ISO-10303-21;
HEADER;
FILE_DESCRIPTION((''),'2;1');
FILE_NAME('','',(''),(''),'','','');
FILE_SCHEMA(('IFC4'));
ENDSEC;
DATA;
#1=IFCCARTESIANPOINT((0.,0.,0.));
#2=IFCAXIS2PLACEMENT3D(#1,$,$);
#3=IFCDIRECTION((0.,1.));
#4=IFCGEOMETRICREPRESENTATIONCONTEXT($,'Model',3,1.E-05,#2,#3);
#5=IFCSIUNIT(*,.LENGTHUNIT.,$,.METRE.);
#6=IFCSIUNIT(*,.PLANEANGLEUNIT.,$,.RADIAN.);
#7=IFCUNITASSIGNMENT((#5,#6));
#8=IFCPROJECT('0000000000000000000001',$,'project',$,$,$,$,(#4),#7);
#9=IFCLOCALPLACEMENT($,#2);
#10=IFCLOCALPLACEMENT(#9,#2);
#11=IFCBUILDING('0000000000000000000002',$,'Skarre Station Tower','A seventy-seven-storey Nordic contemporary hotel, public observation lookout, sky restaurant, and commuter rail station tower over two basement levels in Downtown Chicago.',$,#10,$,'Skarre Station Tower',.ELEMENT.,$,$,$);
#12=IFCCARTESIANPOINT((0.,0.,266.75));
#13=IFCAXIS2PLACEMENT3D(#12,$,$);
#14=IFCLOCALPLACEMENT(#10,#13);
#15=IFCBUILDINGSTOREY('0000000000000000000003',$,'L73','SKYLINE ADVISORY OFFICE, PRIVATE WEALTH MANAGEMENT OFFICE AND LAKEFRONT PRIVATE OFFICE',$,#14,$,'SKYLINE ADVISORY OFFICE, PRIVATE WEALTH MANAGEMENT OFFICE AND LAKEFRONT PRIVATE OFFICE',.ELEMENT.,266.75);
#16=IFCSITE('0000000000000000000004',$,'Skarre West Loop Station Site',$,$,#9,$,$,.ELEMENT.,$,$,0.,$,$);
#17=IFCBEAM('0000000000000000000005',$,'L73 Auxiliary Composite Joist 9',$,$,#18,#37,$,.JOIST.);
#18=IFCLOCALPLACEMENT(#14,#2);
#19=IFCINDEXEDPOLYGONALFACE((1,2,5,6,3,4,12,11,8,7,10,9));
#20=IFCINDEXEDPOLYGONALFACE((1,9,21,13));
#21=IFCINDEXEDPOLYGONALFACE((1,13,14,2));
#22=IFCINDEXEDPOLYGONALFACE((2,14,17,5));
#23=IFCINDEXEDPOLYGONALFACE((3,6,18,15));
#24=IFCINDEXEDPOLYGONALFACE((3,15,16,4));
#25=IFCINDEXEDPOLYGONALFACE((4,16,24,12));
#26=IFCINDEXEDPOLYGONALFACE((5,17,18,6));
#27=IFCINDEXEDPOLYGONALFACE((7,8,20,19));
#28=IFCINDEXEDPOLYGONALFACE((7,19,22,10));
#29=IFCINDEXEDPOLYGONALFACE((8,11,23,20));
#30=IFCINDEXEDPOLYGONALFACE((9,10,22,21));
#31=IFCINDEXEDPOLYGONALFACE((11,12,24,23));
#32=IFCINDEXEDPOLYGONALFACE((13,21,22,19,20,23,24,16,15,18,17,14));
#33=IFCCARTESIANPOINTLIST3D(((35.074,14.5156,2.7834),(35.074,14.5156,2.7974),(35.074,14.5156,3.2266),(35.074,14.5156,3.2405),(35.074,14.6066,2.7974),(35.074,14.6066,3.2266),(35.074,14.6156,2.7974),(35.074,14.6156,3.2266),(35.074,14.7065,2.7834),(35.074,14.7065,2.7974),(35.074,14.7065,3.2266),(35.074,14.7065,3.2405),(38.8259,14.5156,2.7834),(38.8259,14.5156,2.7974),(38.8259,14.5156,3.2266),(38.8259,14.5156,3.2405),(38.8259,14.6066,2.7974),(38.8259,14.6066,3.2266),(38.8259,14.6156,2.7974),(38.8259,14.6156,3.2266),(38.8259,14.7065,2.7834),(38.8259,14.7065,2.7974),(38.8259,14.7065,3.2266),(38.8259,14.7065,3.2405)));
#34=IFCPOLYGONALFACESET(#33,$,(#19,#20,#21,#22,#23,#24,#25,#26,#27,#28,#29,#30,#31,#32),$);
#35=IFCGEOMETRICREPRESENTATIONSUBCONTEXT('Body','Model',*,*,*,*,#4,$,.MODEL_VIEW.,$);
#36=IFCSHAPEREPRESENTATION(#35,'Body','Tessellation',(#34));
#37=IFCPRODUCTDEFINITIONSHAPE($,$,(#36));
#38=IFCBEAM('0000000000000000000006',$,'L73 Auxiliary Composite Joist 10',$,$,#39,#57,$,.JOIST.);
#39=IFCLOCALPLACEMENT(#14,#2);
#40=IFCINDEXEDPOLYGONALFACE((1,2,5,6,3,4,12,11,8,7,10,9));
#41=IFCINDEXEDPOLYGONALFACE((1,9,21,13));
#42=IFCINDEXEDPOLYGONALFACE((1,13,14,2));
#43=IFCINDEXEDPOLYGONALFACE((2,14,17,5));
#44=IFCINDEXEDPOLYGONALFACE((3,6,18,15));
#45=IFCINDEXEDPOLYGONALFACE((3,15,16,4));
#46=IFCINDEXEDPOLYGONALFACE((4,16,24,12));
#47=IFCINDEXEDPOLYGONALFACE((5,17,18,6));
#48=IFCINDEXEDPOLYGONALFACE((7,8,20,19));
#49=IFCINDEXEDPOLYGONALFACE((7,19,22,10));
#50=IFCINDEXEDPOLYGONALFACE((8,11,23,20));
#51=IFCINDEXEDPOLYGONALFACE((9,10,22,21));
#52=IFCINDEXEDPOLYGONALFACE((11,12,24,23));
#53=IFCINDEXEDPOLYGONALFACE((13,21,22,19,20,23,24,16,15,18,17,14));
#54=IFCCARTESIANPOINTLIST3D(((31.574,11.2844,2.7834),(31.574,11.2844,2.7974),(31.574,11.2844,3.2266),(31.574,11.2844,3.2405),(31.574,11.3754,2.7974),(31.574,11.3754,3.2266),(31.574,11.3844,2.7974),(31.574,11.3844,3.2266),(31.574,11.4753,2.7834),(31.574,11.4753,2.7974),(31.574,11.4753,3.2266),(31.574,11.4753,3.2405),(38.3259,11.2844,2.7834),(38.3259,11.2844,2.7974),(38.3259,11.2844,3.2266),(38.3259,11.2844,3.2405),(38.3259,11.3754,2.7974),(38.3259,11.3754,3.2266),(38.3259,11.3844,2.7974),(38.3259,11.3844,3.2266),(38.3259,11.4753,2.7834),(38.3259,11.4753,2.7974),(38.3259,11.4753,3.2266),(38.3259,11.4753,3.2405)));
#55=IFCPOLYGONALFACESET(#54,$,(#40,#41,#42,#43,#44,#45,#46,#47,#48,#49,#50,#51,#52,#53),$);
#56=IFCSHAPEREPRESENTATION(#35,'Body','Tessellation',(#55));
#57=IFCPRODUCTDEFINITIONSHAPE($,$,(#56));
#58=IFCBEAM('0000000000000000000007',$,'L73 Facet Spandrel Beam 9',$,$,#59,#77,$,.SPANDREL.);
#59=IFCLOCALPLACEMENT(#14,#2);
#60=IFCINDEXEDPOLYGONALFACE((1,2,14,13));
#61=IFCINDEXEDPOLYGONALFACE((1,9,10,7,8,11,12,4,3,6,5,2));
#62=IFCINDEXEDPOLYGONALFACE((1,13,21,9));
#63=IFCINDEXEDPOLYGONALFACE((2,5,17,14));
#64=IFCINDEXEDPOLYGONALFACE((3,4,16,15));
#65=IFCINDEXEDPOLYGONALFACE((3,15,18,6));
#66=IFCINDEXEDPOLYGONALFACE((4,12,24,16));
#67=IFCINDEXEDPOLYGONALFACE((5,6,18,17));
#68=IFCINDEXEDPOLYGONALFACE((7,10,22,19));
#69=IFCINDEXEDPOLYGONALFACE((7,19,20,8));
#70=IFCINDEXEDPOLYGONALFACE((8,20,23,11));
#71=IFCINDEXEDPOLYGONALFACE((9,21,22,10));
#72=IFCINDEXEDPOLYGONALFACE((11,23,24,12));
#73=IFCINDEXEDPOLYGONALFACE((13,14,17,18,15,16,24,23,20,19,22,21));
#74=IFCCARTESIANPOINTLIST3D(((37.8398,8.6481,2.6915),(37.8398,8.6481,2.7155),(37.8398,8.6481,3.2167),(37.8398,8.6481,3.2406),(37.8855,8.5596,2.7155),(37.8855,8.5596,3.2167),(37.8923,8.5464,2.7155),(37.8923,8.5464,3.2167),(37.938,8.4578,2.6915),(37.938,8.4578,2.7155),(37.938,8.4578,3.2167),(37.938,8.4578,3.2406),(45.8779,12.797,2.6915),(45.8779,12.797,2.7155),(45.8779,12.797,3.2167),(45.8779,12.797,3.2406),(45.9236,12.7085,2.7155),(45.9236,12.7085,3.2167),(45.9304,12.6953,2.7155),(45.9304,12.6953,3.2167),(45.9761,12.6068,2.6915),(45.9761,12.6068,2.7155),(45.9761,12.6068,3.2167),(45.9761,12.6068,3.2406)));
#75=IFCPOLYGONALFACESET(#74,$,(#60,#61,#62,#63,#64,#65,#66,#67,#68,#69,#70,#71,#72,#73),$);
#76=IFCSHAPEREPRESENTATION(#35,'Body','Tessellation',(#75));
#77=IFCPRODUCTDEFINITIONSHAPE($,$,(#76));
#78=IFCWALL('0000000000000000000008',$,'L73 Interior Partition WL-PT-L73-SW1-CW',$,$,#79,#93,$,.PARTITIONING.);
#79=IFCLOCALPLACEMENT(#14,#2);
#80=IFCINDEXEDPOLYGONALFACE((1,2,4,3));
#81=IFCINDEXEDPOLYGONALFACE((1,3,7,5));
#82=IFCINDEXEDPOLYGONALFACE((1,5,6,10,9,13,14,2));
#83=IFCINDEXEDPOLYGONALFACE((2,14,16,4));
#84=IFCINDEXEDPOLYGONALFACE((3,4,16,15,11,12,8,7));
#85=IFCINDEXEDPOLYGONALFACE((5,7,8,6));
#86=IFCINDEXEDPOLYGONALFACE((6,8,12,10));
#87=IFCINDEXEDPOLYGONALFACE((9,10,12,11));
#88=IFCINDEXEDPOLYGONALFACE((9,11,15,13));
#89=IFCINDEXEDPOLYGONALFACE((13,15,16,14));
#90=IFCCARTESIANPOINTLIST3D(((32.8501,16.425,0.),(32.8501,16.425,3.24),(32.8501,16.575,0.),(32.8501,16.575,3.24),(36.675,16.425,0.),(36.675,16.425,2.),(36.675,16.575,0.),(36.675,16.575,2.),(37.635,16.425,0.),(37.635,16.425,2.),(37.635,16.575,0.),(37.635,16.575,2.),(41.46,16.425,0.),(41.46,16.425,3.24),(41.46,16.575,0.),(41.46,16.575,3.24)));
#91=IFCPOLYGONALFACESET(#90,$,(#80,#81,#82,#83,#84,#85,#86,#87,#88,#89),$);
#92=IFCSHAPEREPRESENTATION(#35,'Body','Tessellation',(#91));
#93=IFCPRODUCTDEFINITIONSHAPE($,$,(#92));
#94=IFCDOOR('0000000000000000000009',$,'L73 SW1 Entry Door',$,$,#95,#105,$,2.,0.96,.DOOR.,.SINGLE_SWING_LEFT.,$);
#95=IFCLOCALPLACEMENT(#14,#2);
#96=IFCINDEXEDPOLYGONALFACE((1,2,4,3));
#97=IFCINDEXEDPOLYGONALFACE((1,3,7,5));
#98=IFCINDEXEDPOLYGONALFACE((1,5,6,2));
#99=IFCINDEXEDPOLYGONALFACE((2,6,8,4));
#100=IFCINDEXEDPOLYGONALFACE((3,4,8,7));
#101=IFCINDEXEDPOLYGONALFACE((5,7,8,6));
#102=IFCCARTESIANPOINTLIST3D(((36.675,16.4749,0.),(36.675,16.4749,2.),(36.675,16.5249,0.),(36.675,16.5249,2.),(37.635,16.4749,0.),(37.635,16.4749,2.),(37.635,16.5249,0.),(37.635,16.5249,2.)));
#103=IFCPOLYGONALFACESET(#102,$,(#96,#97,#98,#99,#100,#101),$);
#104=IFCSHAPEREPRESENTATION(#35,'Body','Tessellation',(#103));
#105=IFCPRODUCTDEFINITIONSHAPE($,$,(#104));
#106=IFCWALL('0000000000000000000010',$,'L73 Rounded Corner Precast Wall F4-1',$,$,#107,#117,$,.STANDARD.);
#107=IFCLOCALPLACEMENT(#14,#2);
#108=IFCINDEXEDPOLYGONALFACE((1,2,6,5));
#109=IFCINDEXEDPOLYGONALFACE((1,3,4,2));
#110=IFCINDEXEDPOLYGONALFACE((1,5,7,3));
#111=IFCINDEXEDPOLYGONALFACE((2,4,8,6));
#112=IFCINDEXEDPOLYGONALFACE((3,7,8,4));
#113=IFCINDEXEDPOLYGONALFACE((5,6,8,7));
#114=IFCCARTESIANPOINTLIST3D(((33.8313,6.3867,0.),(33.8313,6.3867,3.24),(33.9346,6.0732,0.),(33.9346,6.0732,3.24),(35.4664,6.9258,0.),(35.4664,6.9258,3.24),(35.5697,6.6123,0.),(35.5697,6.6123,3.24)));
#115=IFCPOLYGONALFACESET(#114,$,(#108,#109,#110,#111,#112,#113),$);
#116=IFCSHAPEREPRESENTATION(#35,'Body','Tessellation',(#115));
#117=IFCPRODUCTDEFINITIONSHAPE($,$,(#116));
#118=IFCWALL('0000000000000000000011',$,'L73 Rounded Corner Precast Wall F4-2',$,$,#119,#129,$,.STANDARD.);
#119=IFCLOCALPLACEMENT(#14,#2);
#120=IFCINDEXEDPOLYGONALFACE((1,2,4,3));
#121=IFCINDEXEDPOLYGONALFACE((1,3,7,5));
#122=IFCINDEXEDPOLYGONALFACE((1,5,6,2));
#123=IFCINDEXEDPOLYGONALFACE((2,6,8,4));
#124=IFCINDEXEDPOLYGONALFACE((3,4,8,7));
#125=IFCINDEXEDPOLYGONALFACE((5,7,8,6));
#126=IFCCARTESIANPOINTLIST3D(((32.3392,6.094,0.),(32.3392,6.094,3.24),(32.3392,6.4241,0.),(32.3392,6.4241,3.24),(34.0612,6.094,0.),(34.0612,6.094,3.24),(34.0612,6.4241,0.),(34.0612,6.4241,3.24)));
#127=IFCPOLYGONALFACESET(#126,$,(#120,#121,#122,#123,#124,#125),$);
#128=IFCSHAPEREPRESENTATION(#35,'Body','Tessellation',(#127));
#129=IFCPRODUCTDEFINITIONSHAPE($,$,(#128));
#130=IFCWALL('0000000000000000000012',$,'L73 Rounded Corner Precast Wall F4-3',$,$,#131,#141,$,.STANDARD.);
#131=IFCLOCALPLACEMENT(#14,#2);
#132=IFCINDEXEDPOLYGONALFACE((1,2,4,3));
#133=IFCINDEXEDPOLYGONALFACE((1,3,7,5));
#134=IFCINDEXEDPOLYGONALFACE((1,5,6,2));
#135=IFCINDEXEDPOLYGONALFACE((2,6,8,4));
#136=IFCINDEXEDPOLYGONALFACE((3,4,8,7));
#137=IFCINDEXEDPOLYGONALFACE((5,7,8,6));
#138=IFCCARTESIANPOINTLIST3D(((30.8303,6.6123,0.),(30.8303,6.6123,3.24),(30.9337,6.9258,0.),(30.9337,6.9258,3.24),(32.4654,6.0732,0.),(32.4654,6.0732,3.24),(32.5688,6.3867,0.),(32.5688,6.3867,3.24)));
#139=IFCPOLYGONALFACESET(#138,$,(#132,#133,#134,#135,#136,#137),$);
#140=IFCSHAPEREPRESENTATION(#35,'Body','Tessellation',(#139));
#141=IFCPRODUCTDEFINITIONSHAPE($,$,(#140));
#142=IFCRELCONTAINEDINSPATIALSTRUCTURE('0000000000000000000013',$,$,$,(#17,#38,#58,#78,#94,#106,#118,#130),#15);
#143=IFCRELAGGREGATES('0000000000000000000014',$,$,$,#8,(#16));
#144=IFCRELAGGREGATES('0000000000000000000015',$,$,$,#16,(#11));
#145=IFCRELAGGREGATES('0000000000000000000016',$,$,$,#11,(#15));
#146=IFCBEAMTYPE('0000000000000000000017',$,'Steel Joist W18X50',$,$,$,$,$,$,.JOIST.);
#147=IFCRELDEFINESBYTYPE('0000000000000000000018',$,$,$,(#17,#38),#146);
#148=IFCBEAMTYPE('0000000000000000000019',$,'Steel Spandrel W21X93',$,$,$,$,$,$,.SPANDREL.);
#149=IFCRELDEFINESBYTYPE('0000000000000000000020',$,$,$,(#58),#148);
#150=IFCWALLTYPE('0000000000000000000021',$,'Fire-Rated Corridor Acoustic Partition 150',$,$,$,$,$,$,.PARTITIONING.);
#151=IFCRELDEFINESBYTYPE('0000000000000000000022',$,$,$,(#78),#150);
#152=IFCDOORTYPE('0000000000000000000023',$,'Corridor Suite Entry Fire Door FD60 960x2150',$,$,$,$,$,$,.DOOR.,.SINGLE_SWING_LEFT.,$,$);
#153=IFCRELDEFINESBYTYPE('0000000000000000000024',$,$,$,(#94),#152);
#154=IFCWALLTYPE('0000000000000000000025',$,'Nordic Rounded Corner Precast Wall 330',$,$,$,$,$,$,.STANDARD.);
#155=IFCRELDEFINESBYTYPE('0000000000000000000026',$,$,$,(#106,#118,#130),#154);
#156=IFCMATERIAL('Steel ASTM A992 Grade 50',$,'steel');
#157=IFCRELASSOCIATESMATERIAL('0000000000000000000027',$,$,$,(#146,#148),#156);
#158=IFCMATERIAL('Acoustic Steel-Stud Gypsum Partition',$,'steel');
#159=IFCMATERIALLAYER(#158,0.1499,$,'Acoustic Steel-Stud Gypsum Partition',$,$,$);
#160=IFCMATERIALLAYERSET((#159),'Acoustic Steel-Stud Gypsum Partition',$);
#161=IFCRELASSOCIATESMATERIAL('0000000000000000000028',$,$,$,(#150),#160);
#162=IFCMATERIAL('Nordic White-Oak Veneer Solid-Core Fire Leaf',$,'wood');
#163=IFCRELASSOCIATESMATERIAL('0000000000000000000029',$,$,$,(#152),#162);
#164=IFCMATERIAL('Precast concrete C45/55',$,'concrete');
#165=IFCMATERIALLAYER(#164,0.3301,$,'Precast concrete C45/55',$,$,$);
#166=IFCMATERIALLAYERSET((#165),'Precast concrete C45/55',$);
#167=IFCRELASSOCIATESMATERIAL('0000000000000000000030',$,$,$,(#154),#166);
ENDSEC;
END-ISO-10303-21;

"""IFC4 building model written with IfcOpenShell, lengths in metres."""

from ifc_helpers import new_model, si_unit, direction, frame, frame_2d, origin, origin_2d, place, context, subcontext, project, spatial, rectangle, i_section, extrude, material, layer, layer_set, material_profile, profile_set, type_object, element, fill, save


model = new_model("IFC4")

# Units and contexts
model_context = context("Model", 3, precision=1e-05, world=origin(), true_north=direction((0.0, 1.0)))
body_context = subcontext(model_context, "Body", "Model", "MODEL_VIEW")
ifc_project = project(units=[si_unit("LENGTHUNIT", "METRE"), si_unit("PLANEANGLEUNIT", "RADIAN")], contexts=[model_context])

# Site, building, storey
site_placement = place(None, origin())
site = spatial("IfcSite", under=ifc_project, at=site_placement, Name="Skarre West Loop Station Site", CompositionType="ELEMENT", RefElevation=0.0)
building_placement = place(site_placement, origin())
building = spatial("IfcBuilding", under=site, at=building_placement, Name="Skarre Station Tower", Description="A seventy-seven-storey Nordic contemporary hotel, public observation lookout, sky restaurant, and commuter rail station tower over two basement levels in Downtown Chicago.", LongName="Skarre Station Tower", CompositionType="ELEMENT")
storey_placement = place(building_placement, frame((0.0, 0.0, 266.75)))
storey = spatial("IfcBuildingStorey", under=building, at=storey_placement, Name="L73", Description="SKYLINE ADVISORY OFFICE, PRIVATE WEALTH MANAGEMENT OFFICE AND LAKEFRONT PRIVATE OFFICE", LongName="SKYLINE ADVISORY OFFICE, PRIVATE WEALTH MANAGEMENT OFFICE AND LAKEFRONT PRIVATE OFFICE", CompositionType="ELEMENT", Elevation=266.75)

# Beams
ifc_material_1 = material(Name="Steel ASTM A992 Grade 50", Category="steel")
ifc_material_profile_1 = material_profile(ifc_material_1, i_section(OverallWidth=0.1909, OverallDepth=0.457, WebThickness=0.009, FlangeThickness=0.0139, at=origin_2d()), Name="Steel ASTM A992 Grade 50")
ifc_profile_set_1 = profile_set([ifc_material_profile_1], Name="Steel ASTM A992 Grade 50")
beam_type_1 = type_object("IfcBeamType", Name="Steel Joist W18X50", PredefinedType="JOIST", material=ifc_profile_set_1)
beam_1_placement = place(storey_placement, frame((35.074, 14.6111, 3.012), z_axis=(1.0, 0.0, 0.0), x_axis=(0.0, 1.0, 0.0)))
element("IfcBeam", 1, at=beam_1_placement, inside=storey, type_object=beam_type_1, Name="L73 Auxiliary Composite Joist 9", PredefinedType="JOIST", context=body_context, shape_type="SweptSolid", body=[
    extrude(i_section(OverallWidth=0.1909, OverallDepth=0.457, WebThickness=0.009, FlangeThickness=0.0139, at=origin_2d()), origin(), (0.0, 0.0, 1.0), 3.752),
])
beam_2_placement = place(storey_placement, frame((31.574, 11.3799, 3.012), z_axis=(1.0, 0.0, 0.0), x_axis=(0.0, 1.0, 0.0)))
element("IfcBeam", 2, at=beam_2_placement, inside=storey, type_object=beam_type_1, Name="L73 Auxiliary Composite Joist 10", PredefinedType="JOIST", context=body_context, shape_type="SweptSolid", body=[
    extrude(i_section(OverallWidth=0.1909, OverallDepth=0.457, WebThickness=0.009, FlangeThickness=0.0139, at=origin_2d()), origin(), (0.0, 0.0, 1.0), 6.752),
])
ifc_material_profile_2 = material_profile(ifc_material_1, i_section(OverallWidth=0.2141, OverallDepth=0.5491, WebThickness=0.0149, FlangeThickness=0.0239, at=origin_2d()), Name="Steel ASTM A992 Grade 50")
ifc_profile_set_2 = profile_set([ifc_material_profile_2], Name="Steel ASTM A992 Grade 50")
beam_type_2 = type_object("IfcBeamType", Name="Steel Spandrel W21X93", PredefinedType="SPANDREL", material=ifc_profile_set_2)
beam_3_placement = place(storey_placement, frame((37.8889, 8.553, 2.9661), z_axis=(0.88861, 0.458664, 0.0), x_axis=(-0.458664, 0.88861, 0.0)))
element("IfcBeam", 3, at=beam_3_placement, inside=storey, type_object=beam_type_2, Name="L73 Facet Spandrel Beam 9", PredefinedType="SPANDREL", context=body_context, shape_type="SweptSolid", body=[
    extrude(i_section(OverallWidth=0.2141, OverallDepth=0.5491, WebThickness=0.0149, FlangeThickness=0.0239, at=origin_2d()), origin(), (0.0, 0.0, 1.0), 9.0457),
])

# Wall, opening, door
ifc_material_2 = material(Name="Acoustic Steel-Stud Gypsum Partition", Category="steel")
ifc_layer_1 = layer(ifc_material_2, 0.1499, Name="Acoustic Steel-Stud Gypsum Partition")
ifc_layer_set_1 = layer_set([ifc_layer_1], Name="Acoustic Steel-Stud Gypsum Partition")
wall_type_1 = type_object("IfcWallType", Name="Fire-Rated Corridor Acoustic Partition 150", PredefinedType="PARTITIONING", material=ifc_layer_set_1)
wall_1_placement = place(storey_placement, frame((32.8501, 16.5, 0.0), z_axis=(0.0, 0.0, 1.0), x_axis=(1.0, 0.0, 0.0)))
wall_1 = element("IfcWall", 4, at=wall_1_placement, inside=storey, type_object=wall_type_1, Name="L73 Interior Partition WL-PT-L73-SW1-CW", PredefinedType="PARTITIONING", context=body_context, shape_type="SweptSolid", body=[
    extrude(rectangle(XDim=8.6099, YDim=0.1499, at=frame_2d((4.3049, 0.0))), origin(), (0.0, 0.0, 1.0), 3.24),
])
opening_1_placement = place(wall_1_placement, frame((3.825, 0.0, 0.0)))
opening_1 = element("IfcOpeningElement", 5, at=opening_1_placement, cuts=wall_1, PredefinedType="OPENING", context=body_context, shape_type="SweptSolid", body=[
    extrude(rectangle(XDim=0.96, YDim=2.0, at=frame_2d((0.48, 1.0))), frame((0.0, 0.085, 0.0), z_axis=(0.0, -1.0, 0.0), x_axis=(1.0, 0.0, 0.0)), (0.0, 0.0, 1.0), 0.1699),
])
ifc_material_3 = material(Name="Nordic White-Oak Veneer Solid-Core Fire Leaf", Category="wood")
door_type_1 = type_object("IfcDoorType", Name="Corridor Suite Entry Fire Door FD60 960x2150", OperationType="SINGLE_SWING_LEFT", PredefinedType="DOOR", material=ifc_material_3)
door_1_placement = place(opening_1_placement, origin())
door_1 = element("IfcDoor", 6, at=door_1_placement, inside=storey, type_object=door_type_1, Name="L73 SW1 Entry Door", OperationType="SINGLE_SWING_LEFT", OverallHeight=2.0, OverallWidth=0.96, PredefinedType="DOOR", context=body_context, shape_type="SweptSolid", body=[
    extrude(rectangle(XDim=0.96, YDim=2.0, at=frame_2d((0.48, 1.0))), frame((0.0, 0.0249, 0.0), z_axis=(0.0, -1.0, 0.0), x_axis=(1.0, 0.0, 0.0)), (0.0, 0.0, 1.0), 0.05),
])
fill(opening_1, door_1)

# Walls
ifc_material_4 = material(Name="Precast concrete C45/55", Category="concrete")
ifc_layer_2 = layer(ifc_material_4, 0.3301, Name="Precast concrete C45/55")
ifc_layer_set_2 = layer_set([ifc_layer_2], Name="Precast concrete C45/55")
wall_type_2 = type_object("IfcWallType", Name="Nordic Rounded Corner Precast Wall 330", PredefinedType="STANDARD", material=ifc_layer_set_2)
wall_2_placement = place(storey_placement, frame((35.5181, 6.769, 0.0), z_axis=(0.0, 0.0, 1.0), x_axis=(-0.949713, -0.31312, 0.0)))
element("IfcWall", 7, at=wall_2_placement, inside=storey, type_object=wall_type_2, Name="L73 Rounded Corner Precast Wall F4-1", PredefinedType="STANDARD", context=body_context, shape_type="SweptSolid", body=[
    extrude(rectangle(XDim=1.7217, YDim=0.3301, at=frame_2d((0.8608, 0.0))), origin(), (0.0, 0.0, 1.0), 3.24),
])
wall_3_placement = place(storey_placement, frame((34.061, 6.259, 0.0), z_axis=(0.0, 0.0, 1.0), x_axis=(-1.0, 0.0, 0.0)))
element("IfcWall", 8, at=wall_3_placement, inside=storey, type_object=wall_type_2, Name="L73 Rounded Corner Precast Wall F4-2", PredefinedType="STANDARD", context=body_context, shape_type="SweptSolid", body=[
    extrude(rectangle(XDim=1.7219, YDim=0.3301, at=frame_2d((0.8608, 0.0))), origin(), (0.0, 0.0, 1.0), 3.24),
])
wall_4_placement = place(storey_placement, frame((32.5171, 6.23, 0.0), z_axis=(0.0, 0.0, 1.0), x_axis=(-0.949713, 0.31312, 0.0)))
element("IfcWall", 9, at=wall_4_placement, inside=storey, type_object=wall_type_2, Name="L73 Rounded Corner Precast Wall F4-3", PredefinedType="STANDARD", context=body_context, shape_type="SweptSolid", body=[
    extrude(rectangle(XDim=1.7217, YDim=0.3301, at=frame_2d((0.8608, 0.0))), origin(), (0.0, 0.0, 1.0), 3.24),
])

save(model, "model.ifc")
